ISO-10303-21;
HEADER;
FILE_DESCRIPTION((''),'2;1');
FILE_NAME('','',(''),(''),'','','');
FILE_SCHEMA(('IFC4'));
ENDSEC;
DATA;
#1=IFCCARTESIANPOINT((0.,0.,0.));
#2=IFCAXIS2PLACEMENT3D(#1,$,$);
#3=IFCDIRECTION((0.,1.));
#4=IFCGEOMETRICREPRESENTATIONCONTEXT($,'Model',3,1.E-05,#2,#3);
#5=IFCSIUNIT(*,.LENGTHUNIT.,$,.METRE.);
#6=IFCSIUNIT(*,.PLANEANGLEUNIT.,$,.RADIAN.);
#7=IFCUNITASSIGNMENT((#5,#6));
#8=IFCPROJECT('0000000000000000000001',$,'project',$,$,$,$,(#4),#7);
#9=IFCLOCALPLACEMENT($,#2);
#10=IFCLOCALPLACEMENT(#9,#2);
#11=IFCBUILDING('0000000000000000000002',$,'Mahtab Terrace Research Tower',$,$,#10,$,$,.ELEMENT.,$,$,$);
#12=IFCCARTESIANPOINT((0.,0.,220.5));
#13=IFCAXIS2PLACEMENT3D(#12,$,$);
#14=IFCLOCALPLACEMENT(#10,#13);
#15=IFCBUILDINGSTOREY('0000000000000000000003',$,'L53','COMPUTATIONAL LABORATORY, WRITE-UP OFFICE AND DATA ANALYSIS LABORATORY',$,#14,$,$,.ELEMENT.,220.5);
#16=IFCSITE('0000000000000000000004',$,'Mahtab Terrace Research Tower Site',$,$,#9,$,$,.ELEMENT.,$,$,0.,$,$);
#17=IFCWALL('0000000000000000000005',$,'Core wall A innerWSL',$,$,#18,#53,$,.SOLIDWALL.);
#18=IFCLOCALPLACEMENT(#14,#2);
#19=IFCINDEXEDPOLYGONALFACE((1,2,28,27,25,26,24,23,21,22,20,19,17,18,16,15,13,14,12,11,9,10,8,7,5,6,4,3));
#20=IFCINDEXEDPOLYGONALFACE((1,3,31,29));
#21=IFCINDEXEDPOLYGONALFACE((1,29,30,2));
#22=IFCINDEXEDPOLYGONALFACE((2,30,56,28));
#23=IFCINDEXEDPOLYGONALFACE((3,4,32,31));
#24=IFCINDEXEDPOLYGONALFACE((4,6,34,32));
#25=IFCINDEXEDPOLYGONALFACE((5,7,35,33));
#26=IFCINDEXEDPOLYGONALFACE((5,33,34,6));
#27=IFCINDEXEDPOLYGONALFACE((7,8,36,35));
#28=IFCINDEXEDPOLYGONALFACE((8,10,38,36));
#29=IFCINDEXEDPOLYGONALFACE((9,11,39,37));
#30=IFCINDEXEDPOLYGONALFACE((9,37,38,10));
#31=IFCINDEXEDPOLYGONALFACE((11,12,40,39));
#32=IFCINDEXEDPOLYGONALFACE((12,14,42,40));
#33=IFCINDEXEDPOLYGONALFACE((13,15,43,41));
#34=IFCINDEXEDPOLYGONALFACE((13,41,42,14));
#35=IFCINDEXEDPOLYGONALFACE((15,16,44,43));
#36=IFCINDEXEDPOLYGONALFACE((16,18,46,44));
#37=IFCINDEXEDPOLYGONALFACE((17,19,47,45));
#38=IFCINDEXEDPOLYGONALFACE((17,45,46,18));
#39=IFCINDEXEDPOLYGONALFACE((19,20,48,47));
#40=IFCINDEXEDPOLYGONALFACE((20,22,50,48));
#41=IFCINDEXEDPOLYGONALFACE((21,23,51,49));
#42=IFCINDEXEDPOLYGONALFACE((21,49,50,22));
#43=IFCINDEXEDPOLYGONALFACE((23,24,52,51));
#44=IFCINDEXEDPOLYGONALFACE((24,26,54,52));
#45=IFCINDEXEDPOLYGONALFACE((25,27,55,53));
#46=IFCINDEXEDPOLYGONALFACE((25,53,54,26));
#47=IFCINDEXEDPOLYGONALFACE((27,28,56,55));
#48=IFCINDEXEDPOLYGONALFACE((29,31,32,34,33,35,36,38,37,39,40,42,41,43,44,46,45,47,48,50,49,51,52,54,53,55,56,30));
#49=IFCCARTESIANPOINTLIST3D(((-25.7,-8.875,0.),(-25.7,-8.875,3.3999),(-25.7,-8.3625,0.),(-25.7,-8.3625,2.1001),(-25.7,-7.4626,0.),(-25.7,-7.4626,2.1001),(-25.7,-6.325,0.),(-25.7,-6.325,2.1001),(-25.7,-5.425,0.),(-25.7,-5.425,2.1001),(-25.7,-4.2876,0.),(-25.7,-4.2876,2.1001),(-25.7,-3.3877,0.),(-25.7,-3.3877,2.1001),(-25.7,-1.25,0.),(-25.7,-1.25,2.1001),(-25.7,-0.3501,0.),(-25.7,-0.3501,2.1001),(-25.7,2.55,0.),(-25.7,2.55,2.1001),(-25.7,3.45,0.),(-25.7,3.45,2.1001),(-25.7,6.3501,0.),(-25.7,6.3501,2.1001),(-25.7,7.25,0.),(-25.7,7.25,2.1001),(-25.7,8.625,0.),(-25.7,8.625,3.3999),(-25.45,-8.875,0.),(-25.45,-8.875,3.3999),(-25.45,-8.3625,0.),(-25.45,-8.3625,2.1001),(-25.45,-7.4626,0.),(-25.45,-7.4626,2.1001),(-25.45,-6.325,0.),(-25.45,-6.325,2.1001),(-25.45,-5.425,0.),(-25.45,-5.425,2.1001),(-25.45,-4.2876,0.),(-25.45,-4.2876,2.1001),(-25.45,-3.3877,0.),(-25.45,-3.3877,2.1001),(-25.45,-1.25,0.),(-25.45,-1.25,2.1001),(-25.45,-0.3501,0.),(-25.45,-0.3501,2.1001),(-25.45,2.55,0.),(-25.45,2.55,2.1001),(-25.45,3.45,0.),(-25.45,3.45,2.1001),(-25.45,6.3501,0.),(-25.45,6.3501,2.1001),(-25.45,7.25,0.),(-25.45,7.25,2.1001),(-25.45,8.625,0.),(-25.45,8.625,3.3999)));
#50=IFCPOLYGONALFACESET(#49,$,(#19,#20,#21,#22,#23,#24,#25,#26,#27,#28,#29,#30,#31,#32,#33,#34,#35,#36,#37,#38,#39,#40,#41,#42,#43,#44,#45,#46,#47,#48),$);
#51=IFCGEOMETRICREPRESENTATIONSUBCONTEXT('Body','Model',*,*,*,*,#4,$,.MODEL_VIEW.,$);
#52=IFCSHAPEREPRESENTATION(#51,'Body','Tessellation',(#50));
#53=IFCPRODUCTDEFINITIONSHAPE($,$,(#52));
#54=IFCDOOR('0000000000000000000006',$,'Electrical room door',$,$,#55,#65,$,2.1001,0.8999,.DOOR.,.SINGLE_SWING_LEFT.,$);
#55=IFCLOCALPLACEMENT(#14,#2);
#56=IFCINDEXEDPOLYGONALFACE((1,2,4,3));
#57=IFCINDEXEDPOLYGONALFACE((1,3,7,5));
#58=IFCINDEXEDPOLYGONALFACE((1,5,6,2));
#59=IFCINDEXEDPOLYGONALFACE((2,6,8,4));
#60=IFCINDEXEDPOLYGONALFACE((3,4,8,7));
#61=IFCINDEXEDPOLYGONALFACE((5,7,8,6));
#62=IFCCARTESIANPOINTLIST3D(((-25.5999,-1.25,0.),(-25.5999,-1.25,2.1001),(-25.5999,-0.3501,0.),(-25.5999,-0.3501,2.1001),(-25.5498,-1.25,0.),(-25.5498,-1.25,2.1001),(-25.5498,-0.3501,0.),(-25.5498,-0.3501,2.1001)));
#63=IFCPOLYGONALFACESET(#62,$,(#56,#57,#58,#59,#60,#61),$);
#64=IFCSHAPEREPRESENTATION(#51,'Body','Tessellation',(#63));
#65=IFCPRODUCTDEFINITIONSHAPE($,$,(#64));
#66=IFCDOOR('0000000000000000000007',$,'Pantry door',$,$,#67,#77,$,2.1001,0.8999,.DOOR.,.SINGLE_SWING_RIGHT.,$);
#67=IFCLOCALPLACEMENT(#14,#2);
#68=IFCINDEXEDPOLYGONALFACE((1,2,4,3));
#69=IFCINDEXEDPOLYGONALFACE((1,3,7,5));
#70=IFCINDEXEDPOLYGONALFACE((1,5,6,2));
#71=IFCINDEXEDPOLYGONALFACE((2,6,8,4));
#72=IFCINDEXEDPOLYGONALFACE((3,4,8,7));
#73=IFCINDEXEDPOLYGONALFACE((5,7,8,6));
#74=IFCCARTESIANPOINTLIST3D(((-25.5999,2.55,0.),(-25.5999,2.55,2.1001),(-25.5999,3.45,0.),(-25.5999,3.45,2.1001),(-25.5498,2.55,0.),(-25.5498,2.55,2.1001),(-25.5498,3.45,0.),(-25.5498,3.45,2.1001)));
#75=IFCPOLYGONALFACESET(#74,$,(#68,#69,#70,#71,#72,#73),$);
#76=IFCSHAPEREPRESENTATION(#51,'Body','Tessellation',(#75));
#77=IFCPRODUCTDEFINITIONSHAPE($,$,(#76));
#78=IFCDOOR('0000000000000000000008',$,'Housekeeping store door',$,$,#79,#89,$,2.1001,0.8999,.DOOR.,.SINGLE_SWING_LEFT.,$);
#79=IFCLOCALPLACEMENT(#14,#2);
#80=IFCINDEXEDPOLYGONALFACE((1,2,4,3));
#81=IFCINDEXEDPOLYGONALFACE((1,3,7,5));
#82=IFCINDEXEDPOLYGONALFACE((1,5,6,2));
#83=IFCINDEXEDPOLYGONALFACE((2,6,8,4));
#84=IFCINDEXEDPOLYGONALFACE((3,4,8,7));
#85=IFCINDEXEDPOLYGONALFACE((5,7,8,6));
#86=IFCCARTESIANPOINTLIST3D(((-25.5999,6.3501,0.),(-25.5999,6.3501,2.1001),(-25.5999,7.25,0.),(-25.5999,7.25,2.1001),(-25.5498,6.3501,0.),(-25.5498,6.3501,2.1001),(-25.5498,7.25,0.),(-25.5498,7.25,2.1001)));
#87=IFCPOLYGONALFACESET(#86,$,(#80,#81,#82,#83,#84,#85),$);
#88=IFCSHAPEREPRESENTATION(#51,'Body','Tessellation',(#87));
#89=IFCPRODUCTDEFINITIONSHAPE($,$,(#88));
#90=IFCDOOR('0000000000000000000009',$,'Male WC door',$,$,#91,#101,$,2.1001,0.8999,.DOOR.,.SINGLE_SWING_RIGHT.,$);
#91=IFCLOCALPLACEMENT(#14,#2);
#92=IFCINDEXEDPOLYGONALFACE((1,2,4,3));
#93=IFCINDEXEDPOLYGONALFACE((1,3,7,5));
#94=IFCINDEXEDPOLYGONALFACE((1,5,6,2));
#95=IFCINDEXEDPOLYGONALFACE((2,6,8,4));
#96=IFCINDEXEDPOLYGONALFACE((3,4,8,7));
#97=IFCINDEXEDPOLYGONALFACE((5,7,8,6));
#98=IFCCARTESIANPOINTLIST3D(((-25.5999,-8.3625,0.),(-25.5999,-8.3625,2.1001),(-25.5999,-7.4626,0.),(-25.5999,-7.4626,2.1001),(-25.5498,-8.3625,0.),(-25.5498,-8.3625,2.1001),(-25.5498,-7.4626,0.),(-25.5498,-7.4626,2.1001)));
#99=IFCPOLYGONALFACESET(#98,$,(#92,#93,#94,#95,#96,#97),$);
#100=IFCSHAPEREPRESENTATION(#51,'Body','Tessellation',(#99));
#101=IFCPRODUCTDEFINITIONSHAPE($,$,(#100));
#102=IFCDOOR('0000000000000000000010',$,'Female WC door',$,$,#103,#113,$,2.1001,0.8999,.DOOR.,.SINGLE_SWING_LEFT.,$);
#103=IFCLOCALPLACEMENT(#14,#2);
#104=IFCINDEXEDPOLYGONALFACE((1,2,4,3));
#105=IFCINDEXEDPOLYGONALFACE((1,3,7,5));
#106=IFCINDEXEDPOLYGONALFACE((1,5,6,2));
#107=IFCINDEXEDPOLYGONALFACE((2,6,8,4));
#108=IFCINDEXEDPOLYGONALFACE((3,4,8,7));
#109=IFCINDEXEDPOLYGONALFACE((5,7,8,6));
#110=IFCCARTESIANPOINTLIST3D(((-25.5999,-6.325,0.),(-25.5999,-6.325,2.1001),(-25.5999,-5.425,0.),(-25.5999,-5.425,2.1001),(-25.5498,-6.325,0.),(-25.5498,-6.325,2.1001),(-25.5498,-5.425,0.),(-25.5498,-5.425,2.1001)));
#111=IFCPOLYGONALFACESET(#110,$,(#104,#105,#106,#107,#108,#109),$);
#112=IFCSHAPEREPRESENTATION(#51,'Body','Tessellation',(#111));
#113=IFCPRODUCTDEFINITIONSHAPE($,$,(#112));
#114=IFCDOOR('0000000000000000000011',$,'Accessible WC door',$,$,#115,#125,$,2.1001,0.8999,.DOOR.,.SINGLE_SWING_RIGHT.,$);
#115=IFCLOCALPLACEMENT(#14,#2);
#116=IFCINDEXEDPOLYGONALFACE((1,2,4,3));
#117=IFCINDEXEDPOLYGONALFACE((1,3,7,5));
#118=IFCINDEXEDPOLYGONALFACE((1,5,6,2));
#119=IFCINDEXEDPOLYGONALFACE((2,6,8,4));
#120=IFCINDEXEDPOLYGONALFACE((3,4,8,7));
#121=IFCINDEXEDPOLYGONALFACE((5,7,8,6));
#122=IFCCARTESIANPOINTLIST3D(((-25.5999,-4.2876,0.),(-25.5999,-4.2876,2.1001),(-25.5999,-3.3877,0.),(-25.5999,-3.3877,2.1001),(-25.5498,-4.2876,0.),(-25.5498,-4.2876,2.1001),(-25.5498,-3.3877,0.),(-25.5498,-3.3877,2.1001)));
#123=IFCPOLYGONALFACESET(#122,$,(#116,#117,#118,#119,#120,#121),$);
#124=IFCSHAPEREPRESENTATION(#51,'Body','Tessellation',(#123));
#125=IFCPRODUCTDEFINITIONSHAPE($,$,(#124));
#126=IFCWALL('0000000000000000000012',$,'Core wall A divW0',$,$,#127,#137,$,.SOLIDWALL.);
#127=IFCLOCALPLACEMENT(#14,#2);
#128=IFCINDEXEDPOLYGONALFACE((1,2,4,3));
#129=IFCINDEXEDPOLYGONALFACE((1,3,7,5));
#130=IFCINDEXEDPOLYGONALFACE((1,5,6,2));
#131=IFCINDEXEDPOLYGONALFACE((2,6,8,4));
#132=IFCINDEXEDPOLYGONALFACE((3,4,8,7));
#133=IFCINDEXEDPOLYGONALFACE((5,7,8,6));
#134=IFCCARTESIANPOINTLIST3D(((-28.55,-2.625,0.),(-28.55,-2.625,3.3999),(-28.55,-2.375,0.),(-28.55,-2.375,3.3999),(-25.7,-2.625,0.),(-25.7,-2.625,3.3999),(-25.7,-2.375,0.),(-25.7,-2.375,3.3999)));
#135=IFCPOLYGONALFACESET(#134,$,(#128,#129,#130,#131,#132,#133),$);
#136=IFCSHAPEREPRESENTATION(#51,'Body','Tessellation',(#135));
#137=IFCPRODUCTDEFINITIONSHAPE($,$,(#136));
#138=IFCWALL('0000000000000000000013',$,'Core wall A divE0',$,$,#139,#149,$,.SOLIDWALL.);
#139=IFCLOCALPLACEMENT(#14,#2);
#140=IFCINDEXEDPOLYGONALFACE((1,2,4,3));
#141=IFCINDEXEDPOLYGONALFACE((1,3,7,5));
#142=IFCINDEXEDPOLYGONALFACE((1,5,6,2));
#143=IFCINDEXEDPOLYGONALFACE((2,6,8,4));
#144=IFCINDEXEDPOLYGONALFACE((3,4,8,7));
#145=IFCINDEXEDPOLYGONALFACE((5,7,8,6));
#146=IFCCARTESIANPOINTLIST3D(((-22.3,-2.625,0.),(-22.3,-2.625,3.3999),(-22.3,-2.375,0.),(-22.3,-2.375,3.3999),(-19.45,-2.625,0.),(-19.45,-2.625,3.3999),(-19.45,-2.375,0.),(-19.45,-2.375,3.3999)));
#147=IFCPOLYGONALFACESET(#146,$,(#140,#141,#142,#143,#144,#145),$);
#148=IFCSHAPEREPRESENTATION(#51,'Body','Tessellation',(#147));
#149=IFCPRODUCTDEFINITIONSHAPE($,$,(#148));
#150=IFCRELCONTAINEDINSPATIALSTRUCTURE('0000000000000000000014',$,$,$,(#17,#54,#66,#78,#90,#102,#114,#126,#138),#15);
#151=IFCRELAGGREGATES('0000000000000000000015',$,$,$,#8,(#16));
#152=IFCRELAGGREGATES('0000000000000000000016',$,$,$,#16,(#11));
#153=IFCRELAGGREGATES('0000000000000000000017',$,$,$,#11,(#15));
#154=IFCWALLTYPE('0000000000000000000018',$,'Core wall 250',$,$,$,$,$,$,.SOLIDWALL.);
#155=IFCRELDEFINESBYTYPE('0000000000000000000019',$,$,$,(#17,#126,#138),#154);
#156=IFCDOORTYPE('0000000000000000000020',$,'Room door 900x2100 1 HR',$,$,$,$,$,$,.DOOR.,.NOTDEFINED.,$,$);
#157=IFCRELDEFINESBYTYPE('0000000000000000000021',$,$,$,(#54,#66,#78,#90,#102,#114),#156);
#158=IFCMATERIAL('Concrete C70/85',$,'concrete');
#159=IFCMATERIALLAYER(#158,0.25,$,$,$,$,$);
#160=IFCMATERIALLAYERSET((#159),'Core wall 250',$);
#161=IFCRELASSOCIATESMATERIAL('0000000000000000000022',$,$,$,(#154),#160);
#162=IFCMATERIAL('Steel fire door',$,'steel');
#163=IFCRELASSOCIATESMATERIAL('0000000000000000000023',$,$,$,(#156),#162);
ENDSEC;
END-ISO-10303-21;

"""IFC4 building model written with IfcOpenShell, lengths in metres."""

from ifc_helpers import new_model, si_unit, direction, frame, frame_2d, origin, place, context, subcontext, project, spatial, rectangle, extrude, material, layer, layer_set, type_object, element, fill, save


model = new_model("IFC4")

# Units and contexts
model_context = context("Model", 3, precision=1e-05, world=origin(), true_north=direction((0.0, 1.0)))
body_context = subcontext(model_context, "Body", "Model", "MODEL_VIEW")
ifc_project = project(units=[si_unit("LENGTHUNIT", "METRE"), si_unit("PLANEANGLEUNIT", "RADIAN")], contexts=[model_context])

# Site, building, storey
site_placement = place(None, origin())
site = spatial("IfcSite", under=ifc_project, at=site_placement, Name="Mahtab Terrace Research Tower Site", CompositionType="ELEMENT", RefElevation=0.0)
building_placement = place(site_placement, origin())
building = spatial("IfcBuilding", under=site, at=building_placement, Name="Mahtab Terrace Research Tower", CompositionType="ELEMENT")
storey_placement = place(building_placement, frame((0.0, 0.0, 220.5)))
storey = spatial("IfcBuildingStorey", under=building, at=storey_placement, Name="L53", Description="COMPUTATIONAL LABORATORY, WRITE-UP OFFICE AND DATA ANALYSIS LABORATORY", CompositionType="ELEMENT", Elevation=220.5)

# Shared definitions
ifc_material_1 = material(Name="Concrete C70/85", Category="concrete")

# Shared definitions
ifc_layer_1 = layer(ifc_material_1, 0.25)
ifc_layer_set_1 = layer_set([ifc_layer_1], Name="Core wall 250")
wall_type_1 = type_object("IfcWallType", Name="Core wall 250", PredefinedType="SOLIDWALL", material=ifc_layer_set_1)

# Shared definitions
ifc_material_2 = material(Name="Steel fire door", Category="steel")

# Wall, openings, doors
wall_1_placement = place(storey_placement, frame((-25.575, -8.875, 0.0), z_axis=(0.0, 0.0, 1.0), x_axis=(0.0, 1.0, 0.0)))
wall_1 = element("IfcWall", 1, at=wall_1_placement, inside=storey, type_object=wall_type_1, Name="Core wall A innerWSL", PredefinedType="SOLIDWALL", context=body_context, shape_type="SweptSolid", body=[
    extrude(rectangle(XDim=17.5, YDim=0.25, at=frame_2d((8.75, 0.0))), origin(), (0.0, 0.0, 1.0), 3.3999),
])
opening_1_placement = place(wall_1_placement, frame((7.625, 0.0, 0.0)))
opening_1 = element("IfcOpeningElement", 2, at=opening_1_placement, cuts=wall_1, PredefinedType="OPENING", context=body_context, shape_type="SweptSolid", body=[
    extrude(rectangle(XDim=0.8999, YDim=2.1001, at=frame_2d((0.45, 1.05))), frame((0.0, 0.135, 0.0), z_axis=(0.0, -1.0, 0.0), x_axis=(1.0, 0.0, 0.0)), (0.0, 0.0, 1.0), 0.27),
])
opening_2_placement = place(wall_1_placement, frame((11.425, 0.0, 0.0)))
opening_2 = element("IfcOpeningElement", 3, at=opening_2_placement, cuts=wall_1, PredefinedType="OPENING", context=body_context, shape_type="SweptSolid", body=[
    extrude(rectangle(XDim=0.8999, YDim=2.1001, at=frame_2d((0.45, 1.05))), frame((0.0, 0.135, 0.0), z_axis=(0.0, -1.0, 0.0), x_axis=(1.0, 0.0, 0.0)), (0.0, 0.0, 1.0), 0.27),
])
opening_3_placement = place(wall_1_placement, frame((15.2251, 0.0, 0.0)))
opening_3 = element("IfcOpeningElement", 4, at=opening_3_placement, cuts=wall_1, PredefinedType="OPENING", context=body_context, shape_type="SweptSolid", body=[
    extrude(rectangle(XDim=0.8999, YDim=2.1001, at=frame_2d((0.45, 1.05))), frame((0.0, 0.135, 0.0), z_axis=(0.0, -1.0, 0.0), x_axis=(1.0, 0.0, 0.0)), (0.0, 0.0, 1.0), 0.27),
])
opening_4_placement = place(wall_1_placement, frame((0.5125, 0.0, 0.0)))
opening_4 = element("IfcOpeningElement", 5, at=opening_4_placement, cuts=wall_1, PredefinedType="OPENING", context=body_context, shape_type="SweptSolid", body=[
    extrude(rectangle(XDim=0.8999, YDim=2.1001, at=frame_2d((0.45, 1.05))), frame((0.0, 0.135, 0.0), z_axis=(0.0, -1.0, 0.0), x_axis=(1.0, 0.0, 0.0)), (0.0, 0.0, 1.0), 0.27),
])
opening_5_placement = place(wall_1_placement, frame((2.55, 0.0, 0.0)))
opening_5 = element("IfcOpeningElement", 6, at=opening_5_placement, cuts=wall_1, PredefinedType="OPENING", context=body_context, shape_type="SweptSolid", body=[
    extrude(rectangle(XDim=0.8999, YDim=2.1001, at=frame_2d((0.45, 1.05))), frame((0.0, 0.135, 0.0), z_axis=(0.0, -1.0, 0.0), x_axis=(1.0, 0.0, 0.0)), (0.0, 0.0, 1.0), 0.27),
])
opening_6_placement = place(wall_1_placement, frame((4.5874, 0.0, 0.0)))
opening_6 = element("IfcOpeningElement", 7, at=opening_6_placement, cuts=wall_1, PredefinedType="OPENING", context=body_context, shape_type="SweptSolid", body=[
    extrude(rectangle(XDim=0.8999, YDim=2.1001, at=frame_2d((0.45, 1.05))), frame((0.0, 0.135, 0.0), z_axis=(0.0, -1.0, 0.0), x_axis=(1.0, 0.0, 0.0)), (0.0, 0.0, 1.0), 0.27),
])
door_type_1 = type_object("IfcDoorType", Name="Room door 900x2100 1 HR", OperationType="NOTDEFINED", PredefinedType="DOOR", material=ifc_material_2)
door_1_placement = place(opening_1_placement, origin())
door_1 = element("IfcDoor", 8, at=door_1_placement, inside=storey, type_object=door_type_1, Name="Electrical room door", OperationType="SINGLE_SWING_LEFT", OverallHeight=2.1001, OverallWidth=0.8999, PredefinedType="DOOR", context=body_context, shape_type="SweptSolid", body=[
    extrude(rectangle(XDim=0.8999, YDim=2.1001, at=frame_2d((0.45, 1.05))), frame((0.0, 0.0249, 0.0), z_axis=(0.0, -1.0, 0.0), x_axis=(1.0, 0.0, 0.0)), (0.0, 0.0, 1.0), 0.05),
])
fill(opening_1, door_1)
door_2_placement = place(opening_2_placement, origin())
door_2 = element("IfcDoor", 9, at=door_2_placement, inside=storey, type_object=door_type_1, Name="Pantry door", OperationType="SINGLE_SWING_RIGHT", OverallHeight=2.1001, OverallWidth=0.8999, PredefinedType="DOOR", context=body_context, shape_type="SweptSolid", body=[
    extrude(rectangle(XDim=0.8999, YDim=2.1001, at=frame_2d((0.45, 1.05))), frame((0.0, 0.0249, 0.0), z_axis=(0.0, -1.0, 0.0), x_axis=(1.0, 0.0, 0.0)), (0.0, 0.0, 1.0), 0.05),
])
fill(opening_2, door_2)
door_3_placement = place(opening_3_placement, origin())
door_3 = element("IfcDoor", 10, at=door_3_placement, inside=storey, type_object=door_type_1, Name="Housekeeping store door", OperationType="SINGLE_SWING_LEFT", OverallHeight=2.1001, OverallWidth=0.8999, PredefinedType="DOOR", context=body_context, shape_type="SweptSolid", body=[
    extrude(rectangle(XDim=0.8999, YDim=2.1001, at=frame_2d((0.45, 1.05))), frame((0.0, 0.0249, 0.0), z_axis=(0.0, -1.0, 0.0), x_axis=(1.0, 0.0, 0.0)), (0.0, 0.0, 1.0), 0.05),
])
fill(opening_3, door_3)
door_4_placement = place(opening_4_placement, origin())
door_4 = element("IfcDoor", 11, at=door_4_placement, inside=storey, type_object=door_type_1, Name="Male WC door", OperationType="SINGLE_SWING_RIGHT", OverallHeight=2.1001, OverallWidth=0.8999, PredefinedType="DOOR", context=body_context, shape_type="SweptSolid", body=[
    extrude(rectangle(XDim=0.8999, YDim=2.1001, at=frame_2d((0.45, 1.05))), frame((0.0, 0.0249, 0.0), z_axis=(0.0, -1.0, 0.0), x_axis=(1.0, 0.0, 0.0)), (0.0, 0.0, 1.0), 0.05),
])
fill(opening_4, door_4)
door_5_placement = place(opening_5_placement, origin())
door_5 = element("IfcDoor", 12, at=door_5_placement, inside=storey, type_object=door_type_1, Name="Female WC door", OperationType="SINGLE_SWING_LEFT", OverallHeight=2.1001, OverallWidth=0.8999, PredefinedType="DOOR", context=body_context, shape_type="SweptSolid", body=[
    extrude(rectangle(XDim=0.8999, YDim=2.1001, at=frame_2d((0.45, 1.05))), frame((0.0, 0.0249, 0.0), z_axis=(0.0, -1.0, 0.0), x_axis=(1.0, 0.0, 0.0)), (0.0, 0.0, 1.0), 0.05),
])
fill(opening_5, door_5)
door_6_placement = place(opening_6_placement, origin())
door_6 = element("IfcDoor", 13, at=door_6_placement, inside=storey, type_object=door_type_1, Name="Accessible WC door", OperationType="SINGLE_SWING_RIGHT", OverallHeight=2.1001, OverallWidth=0.8999, PredefinedType="DOOR", context=body_context, shape_type="SweptSolid", body=[
    extrude(rectangle(XDim=0.8999, YDim=2.1001, at=frame_2d((0.45, 1.05))), frame((0.0, 0.0249, 0.0), z_axis=(0.0, -1.0, 0.0), x_axis=(1.0, 0.0, 0.0)), (0.0, 0.0, 1.0), 0.05),
])
fill(opening_6, door_6)

# Walls
for number, where, z_axis, x_axis, name in (
    (14, (-28.55, -2.5, 0.0), (0.0, 0.0, 1.0), (1.0, 0.0, 0.0), "Core wall A divW0"),
    (15, (-22.3, -2.5, 0.0), (0.0, 0.0, 1.0), (1.0, 0.0, 0.0), "Core wall A divE0"),
):
    element("IfcWall", number, at=place(storey_placement, frame(where, z_axis=z_axis, x_axis=x_axis)), inside=storey, type_object=wall_type_1, Name=name, PredefinedType="SOLIDWALL", context=body_context, shape_type="SweptSolid", body=[
        extrude(rectangle(XDim=2.8501, YDim=0.25, at=frame_2d((1.425, 0.0))), origin(), (0.0, 0.0, 1.0), 3.3999),
    ])

save(model, "model.ifc")
